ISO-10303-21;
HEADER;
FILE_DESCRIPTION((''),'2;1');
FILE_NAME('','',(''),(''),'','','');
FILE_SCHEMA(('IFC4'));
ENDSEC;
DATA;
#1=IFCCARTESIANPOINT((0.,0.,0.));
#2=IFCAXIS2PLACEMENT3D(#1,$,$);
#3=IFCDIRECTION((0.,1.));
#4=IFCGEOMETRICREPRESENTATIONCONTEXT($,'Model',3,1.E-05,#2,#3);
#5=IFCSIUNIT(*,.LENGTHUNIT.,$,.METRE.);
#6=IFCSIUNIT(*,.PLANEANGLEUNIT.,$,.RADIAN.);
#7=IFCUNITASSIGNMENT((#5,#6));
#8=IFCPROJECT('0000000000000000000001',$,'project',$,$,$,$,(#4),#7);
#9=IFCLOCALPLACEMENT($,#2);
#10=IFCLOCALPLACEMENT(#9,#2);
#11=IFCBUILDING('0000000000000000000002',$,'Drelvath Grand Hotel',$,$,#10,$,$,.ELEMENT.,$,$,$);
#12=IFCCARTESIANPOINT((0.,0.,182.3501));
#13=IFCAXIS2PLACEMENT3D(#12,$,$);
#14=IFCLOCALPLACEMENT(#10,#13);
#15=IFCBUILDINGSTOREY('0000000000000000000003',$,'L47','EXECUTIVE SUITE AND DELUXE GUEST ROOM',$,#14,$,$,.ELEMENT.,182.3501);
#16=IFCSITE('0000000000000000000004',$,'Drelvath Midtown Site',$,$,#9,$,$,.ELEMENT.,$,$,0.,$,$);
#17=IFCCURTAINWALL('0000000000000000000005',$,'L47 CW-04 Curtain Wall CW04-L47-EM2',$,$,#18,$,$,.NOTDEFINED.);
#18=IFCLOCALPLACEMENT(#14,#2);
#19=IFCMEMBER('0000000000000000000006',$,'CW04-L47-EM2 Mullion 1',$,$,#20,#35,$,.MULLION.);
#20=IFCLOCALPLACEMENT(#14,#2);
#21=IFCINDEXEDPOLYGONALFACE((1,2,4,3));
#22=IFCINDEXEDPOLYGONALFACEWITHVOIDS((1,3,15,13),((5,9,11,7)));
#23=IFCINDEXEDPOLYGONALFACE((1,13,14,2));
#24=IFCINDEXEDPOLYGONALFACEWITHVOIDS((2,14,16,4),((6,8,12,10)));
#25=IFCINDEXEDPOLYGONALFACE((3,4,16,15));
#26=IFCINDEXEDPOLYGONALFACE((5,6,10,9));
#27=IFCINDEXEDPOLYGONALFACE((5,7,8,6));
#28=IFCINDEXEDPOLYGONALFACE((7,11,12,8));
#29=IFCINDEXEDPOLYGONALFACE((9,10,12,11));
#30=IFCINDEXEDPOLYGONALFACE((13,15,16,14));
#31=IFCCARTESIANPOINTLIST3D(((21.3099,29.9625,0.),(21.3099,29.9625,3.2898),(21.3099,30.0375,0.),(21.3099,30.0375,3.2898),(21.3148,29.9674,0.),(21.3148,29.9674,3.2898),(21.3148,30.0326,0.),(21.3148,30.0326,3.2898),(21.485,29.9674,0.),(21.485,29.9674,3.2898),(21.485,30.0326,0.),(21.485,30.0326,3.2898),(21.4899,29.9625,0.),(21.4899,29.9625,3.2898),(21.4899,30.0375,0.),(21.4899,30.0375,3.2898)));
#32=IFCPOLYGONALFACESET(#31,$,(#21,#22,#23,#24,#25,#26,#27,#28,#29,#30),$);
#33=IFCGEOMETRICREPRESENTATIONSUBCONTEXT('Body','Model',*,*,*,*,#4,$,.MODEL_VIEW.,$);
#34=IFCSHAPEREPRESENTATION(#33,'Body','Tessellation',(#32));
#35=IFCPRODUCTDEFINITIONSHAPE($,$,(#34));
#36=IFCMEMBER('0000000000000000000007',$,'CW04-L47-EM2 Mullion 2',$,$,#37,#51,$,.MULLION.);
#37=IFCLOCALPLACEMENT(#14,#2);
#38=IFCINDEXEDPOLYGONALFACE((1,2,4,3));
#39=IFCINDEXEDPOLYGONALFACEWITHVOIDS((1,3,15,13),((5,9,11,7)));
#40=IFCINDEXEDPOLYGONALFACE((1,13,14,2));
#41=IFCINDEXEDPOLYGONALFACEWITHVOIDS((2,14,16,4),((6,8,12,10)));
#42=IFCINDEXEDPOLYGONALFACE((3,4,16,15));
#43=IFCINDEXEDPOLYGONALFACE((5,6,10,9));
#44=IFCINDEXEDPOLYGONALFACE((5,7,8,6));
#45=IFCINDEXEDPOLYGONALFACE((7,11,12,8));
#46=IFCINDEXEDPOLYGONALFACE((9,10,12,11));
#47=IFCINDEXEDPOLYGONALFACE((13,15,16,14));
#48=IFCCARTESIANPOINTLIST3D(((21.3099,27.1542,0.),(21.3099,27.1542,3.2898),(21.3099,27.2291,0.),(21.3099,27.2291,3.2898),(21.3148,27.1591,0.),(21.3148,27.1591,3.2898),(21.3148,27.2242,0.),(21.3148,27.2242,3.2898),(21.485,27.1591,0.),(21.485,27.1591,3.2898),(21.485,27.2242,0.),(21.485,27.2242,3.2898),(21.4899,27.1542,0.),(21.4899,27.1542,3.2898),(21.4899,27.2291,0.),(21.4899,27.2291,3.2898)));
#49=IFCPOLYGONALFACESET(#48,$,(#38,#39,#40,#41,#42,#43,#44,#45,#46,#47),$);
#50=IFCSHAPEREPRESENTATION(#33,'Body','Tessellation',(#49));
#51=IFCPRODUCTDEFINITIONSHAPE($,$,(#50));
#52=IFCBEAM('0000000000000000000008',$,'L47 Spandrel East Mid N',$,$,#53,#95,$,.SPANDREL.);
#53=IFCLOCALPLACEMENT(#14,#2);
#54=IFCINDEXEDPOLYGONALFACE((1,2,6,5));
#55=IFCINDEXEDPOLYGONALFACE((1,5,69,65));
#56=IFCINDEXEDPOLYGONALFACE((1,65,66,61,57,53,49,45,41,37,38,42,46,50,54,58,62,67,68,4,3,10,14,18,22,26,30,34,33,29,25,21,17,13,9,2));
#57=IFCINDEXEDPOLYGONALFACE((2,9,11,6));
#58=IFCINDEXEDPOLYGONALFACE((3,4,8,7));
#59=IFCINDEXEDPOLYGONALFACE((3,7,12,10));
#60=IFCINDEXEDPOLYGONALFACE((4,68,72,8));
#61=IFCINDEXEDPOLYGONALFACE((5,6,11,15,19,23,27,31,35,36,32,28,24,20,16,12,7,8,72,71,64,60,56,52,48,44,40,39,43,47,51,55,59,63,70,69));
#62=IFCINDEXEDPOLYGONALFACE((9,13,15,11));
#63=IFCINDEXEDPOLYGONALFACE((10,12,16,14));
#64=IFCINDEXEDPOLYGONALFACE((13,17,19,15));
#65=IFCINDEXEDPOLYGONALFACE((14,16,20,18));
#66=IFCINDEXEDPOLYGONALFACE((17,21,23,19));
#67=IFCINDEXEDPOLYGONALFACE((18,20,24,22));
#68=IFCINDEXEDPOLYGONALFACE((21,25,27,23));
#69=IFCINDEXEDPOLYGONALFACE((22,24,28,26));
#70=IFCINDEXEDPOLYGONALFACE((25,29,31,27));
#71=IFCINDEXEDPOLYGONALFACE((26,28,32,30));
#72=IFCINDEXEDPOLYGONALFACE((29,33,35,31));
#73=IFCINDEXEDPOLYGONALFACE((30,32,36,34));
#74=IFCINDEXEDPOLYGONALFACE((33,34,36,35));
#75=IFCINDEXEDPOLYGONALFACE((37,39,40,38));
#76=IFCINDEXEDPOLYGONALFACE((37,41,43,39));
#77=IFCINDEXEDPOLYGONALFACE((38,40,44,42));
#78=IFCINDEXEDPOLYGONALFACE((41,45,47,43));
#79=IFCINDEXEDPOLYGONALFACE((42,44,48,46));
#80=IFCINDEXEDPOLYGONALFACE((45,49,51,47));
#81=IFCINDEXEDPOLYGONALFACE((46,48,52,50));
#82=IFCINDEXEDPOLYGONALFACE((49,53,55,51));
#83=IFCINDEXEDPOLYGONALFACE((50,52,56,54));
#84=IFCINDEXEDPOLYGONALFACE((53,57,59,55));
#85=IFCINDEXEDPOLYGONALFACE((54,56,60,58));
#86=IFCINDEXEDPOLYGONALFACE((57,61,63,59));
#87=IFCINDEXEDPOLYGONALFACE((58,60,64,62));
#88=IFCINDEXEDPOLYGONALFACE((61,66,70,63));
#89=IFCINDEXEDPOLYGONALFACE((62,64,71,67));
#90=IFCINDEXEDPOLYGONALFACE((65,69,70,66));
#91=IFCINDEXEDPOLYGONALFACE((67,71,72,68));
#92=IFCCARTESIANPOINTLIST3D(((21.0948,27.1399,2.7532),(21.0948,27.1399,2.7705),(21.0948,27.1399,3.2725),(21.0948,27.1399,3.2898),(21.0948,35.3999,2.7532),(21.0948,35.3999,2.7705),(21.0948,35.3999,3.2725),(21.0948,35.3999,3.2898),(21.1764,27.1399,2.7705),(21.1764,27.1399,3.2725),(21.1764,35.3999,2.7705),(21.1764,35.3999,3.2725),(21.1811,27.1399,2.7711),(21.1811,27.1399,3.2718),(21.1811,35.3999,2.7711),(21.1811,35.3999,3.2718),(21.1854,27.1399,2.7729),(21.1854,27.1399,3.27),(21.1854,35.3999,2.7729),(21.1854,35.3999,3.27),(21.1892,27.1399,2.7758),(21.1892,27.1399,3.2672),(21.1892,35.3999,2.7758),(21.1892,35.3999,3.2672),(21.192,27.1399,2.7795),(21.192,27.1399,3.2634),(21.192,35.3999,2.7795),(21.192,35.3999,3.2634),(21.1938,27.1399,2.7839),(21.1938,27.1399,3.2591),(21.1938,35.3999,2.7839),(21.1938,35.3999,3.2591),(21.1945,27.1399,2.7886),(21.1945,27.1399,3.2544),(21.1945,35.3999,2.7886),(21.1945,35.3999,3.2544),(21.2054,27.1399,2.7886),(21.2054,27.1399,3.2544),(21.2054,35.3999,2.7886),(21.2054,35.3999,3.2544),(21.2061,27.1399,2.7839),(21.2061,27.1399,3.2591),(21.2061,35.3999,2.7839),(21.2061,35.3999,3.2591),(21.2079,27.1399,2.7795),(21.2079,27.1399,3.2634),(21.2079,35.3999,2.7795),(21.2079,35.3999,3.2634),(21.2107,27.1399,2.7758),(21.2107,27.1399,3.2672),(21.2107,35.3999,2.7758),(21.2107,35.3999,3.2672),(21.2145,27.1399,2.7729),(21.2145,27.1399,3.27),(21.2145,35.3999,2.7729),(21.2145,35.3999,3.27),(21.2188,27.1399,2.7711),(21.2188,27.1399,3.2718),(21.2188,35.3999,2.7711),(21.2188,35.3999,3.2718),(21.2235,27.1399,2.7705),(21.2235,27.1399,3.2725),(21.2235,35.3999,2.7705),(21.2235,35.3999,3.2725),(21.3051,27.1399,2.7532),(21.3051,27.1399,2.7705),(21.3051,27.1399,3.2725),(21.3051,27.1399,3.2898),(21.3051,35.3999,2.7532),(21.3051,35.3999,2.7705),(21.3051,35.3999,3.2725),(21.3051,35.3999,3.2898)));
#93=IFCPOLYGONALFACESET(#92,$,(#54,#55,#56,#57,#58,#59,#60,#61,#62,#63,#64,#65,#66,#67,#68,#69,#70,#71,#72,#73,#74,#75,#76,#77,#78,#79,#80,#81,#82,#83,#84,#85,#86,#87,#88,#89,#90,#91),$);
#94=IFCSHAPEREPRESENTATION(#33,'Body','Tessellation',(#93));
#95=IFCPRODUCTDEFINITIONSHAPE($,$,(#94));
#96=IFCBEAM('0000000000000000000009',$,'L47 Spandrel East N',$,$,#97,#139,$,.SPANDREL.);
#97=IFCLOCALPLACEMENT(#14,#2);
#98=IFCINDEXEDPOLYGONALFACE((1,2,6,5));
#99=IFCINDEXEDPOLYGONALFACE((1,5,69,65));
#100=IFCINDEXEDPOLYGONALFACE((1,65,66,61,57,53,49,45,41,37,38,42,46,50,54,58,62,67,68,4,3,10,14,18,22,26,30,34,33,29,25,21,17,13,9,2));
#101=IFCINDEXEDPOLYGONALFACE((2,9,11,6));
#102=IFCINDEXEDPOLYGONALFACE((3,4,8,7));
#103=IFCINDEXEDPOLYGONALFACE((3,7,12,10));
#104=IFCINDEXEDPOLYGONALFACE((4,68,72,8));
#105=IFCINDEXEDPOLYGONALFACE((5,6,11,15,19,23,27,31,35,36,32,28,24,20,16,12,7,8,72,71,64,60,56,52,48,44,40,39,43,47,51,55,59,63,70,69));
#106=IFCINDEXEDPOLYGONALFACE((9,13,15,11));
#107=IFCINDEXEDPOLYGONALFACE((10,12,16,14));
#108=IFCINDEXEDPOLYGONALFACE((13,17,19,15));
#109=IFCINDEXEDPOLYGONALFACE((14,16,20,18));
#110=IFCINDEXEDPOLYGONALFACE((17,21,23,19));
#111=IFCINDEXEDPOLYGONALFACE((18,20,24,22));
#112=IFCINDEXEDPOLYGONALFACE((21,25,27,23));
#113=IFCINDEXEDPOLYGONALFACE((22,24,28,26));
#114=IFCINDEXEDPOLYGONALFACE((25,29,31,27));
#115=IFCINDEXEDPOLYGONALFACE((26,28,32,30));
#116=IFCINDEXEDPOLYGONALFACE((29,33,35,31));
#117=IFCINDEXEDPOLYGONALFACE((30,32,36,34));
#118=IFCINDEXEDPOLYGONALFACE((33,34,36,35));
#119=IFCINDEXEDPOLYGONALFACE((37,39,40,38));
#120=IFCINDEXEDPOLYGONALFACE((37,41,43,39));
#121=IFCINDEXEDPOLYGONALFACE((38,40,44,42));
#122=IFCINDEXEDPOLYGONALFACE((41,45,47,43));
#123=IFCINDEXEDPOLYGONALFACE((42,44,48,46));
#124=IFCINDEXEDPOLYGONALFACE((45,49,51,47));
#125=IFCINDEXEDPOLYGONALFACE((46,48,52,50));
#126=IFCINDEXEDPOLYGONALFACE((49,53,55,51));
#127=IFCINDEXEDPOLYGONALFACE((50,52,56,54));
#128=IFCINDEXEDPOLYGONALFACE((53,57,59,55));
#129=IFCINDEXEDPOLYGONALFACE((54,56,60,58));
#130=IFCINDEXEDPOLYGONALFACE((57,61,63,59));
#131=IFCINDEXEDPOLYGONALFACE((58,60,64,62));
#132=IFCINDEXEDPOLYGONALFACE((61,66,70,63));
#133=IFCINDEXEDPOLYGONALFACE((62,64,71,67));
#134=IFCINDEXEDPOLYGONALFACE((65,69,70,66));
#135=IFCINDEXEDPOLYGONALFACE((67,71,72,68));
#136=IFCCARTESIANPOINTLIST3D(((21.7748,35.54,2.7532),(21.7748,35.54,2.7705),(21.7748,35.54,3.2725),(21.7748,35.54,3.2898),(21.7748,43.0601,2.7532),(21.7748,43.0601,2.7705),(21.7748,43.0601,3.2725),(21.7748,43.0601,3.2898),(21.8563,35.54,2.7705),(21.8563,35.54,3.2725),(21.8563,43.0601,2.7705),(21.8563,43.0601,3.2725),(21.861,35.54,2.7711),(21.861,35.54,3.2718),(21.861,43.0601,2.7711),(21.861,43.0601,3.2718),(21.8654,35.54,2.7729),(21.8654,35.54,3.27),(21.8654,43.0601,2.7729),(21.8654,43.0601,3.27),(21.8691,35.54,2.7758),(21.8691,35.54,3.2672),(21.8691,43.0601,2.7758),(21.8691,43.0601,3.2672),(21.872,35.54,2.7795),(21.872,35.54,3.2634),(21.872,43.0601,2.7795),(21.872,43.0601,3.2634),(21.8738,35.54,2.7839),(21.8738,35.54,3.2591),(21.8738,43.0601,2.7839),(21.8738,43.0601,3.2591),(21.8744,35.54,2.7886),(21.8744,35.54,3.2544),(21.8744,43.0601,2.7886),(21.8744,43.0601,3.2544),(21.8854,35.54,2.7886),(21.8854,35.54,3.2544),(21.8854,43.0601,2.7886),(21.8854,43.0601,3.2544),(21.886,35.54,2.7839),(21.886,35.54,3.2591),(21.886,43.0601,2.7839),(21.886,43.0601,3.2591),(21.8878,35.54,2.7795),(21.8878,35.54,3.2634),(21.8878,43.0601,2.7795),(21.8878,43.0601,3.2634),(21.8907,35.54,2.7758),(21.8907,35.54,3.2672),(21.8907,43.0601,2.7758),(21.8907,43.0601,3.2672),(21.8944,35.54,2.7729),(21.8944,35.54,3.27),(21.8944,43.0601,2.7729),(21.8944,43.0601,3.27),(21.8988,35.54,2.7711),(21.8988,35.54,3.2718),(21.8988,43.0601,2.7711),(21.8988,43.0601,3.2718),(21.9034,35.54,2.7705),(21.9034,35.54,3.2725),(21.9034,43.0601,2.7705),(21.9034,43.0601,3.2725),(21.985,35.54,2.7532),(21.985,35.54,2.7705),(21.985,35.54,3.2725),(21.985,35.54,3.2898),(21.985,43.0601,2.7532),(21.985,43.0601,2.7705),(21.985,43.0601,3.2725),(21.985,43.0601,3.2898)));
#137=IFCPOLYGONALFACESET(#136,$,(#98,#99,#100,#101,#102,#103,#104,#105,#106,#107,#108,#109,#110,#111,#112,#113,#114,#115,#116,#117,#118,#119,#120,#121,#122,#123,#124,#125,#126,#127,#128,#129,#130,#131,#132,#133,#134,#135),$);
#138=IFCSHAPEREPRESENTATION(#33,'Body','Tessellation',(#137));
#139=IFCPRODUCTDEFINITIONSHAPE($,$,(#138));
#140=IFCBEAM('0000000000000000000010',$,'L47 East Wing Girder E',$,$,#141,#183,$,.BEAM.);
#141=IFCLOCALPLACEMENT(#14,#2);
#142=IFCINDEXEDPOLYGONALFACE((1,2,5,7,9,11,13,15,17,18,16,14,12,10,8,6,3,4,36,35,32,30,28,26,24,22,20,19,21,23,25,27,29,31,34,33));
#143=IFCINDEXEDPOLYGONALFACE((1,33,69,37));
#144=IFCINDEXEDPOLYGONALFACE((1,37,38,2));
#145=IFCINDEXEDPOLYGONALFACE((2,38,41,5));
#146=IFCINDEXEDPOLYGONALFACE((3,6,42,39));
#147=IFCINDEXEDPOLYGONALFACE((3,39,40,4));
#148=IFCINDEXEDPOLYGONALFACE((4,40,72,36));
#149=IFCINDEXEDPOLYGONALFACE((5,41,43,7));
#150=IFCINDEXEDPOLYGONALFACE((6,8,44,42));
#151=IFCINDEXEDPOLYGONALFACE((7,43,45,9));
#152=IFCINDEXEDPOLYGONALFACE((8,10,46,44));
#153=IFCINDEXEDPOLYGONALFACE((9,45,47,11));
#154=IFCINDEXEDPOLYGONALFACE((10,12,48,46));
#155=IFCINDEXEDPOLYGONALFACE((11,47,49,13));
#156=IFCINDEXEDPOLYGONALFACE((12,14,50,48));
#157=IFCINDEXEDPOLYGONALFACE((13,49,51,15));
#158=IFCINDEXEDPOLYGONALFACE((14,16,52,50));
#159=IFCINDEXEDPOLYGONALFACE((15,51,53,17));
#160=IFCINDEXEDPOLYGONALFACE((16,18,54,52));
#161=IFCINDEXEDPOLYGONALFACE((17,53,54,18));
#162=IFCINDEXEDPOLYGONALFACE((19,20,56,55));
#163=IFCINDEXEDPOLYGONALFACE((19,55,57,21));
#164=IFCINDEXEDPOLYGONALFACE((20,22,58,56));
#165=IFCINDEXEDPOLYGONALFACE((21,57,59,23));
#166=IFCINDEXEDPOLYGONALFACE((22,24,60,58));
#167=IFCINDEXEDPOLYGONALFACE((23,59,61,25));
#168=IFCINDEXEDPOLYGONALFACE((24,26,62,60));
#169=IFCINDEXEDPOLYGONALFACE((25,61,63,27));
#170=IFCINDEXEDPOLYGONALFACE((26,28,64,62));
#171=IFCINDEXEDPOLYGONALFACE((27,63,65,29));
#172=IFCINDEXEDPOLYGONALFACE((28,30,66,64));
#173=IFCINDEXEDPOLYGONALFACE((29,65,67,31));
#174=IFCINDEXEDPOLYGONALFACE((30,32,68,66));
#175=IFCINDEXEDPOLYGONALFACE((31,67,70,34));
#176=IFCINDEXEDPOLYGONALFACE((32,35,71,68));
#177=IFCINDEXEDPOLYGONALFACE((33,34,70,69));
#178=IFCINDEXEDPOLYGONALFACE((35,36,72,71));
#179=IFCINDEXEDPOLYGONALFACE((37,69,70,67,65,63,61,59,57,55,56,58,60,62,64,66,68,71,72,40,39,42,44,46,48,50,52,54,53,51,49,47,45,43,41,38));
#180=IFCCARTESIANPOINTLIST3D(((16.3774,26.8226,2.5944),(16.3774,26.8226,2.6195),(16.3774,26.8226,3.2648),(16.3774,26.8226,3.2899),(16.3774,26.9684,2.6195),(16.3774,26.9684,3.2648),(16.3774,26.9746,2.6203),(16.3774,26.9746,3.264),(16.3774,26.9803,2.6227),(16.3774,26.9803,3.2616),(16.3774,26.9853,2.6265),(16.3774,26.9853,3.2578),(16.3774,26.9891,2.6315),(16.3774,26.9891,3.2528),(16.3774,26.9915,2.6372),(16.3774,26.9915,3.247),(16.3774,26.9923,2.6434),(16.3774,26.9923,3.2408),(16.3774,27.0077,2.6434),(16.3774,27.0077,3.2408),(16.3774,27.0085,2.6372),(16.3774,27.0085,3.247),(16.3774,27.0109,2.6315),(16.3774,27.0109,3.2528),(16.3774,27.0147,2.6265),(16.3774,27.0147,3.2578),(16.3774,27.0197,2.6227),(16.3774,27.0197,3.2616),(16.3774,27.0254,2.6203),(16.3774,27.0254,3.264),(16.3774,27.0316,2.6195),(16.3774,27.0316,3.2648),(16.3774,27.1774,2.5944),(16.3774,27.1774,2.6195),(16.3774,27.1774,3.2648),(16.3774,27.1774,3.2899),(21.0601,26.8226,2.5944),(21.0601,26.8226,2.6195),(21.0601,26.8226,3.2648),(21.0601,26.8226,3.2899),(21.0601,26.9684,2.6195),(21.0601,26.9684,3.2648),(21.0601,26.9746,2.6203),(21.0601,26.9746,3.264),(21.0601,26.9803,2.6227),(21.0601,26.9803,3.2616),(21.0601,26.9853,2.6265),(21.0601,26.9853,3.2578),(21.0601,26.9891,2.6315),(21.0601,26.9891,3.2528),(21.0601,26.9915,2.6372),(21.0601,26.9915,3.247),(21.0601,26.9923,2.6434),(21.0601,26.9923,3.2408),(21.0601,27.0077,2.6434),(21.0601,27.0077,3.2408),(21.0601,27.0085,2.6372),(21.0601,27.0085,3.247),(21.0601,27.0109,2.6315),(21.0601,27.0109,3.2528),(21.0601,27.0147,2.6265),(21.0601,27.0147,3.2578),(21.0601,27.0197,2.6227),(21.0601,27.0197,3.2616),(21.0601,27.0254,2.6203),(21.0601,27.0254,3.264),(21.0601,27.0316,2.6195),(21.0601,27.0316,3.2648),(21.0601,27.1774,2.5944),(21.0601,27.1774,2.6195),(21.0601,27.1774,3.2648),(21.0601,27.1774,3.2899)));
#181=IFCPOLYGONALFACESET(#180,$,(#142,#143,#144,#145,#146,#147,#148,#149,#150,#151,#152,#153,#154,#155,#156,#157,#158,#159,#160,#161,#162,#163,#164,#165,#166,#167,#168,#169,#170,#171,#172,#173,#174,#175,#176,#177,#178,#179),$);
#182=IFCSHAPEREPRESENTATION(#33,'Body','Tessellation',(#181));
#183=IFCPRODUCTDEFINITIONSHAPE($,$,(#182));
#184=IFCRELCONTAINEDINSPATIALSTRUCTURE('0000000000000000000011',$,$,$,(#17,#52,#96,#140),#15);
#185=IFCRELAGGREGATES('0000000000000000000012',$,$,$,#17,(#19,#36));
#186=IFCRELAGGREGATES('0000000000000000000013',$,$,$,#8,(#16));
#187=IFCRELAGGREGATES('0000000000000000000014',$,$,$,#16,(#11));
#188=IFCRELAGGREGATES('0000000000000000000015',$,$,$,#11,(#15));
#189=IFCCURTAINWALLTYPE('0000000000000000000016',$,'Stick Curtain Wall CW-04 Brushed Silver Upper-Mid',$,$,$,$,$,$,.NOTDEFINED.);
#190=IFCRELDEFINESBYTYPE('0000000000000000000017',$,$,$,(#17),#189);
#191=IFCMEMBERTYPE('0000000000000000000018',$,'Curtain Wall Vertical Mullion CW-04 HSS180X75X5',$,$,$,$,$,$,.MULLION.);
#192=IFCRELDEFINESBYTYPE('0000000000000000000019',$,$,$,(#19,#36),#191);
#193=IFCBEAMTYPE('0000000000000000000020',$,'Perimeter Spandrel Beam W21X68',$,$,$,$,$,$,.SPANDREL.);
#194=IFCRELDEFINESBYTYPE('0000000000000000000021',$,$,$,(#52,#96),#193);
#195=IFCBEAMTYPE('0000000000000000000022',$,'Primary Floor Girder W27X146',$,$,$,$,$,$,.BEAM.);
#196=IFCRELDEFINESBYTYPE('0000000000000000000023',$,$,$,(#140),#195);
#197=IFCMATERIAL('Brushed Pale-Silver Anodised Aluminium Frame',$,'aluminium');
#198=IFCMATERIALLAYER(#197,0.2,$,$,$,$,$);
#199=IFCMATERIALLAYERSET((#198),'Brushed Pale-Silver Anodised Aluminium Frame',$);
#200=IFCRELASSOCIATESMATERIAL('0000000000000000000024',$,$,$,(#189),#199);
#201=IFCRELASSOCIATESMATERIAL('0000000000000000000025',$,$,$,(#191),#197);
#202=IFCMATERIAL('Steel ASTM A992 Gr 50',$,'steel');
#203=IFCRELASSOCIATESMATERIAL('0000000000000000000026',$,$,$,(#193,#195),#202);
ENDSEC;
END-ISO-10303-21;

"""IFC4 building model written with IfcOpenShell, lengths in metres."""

from ifc_helpers import new_model, si_unit, direction, frame, origin, origin_2d, place, context, subcontext, project, spatial, hollow_rectangle, i_section, extrude, material, layer, layer_set, material_profile, profile_set, type_object, element, aggregate, save


model = new_model("IFC4")

# Units and contexts
model_context = context("Model", 3, precision=1e-05, world=origin(), true_north=direction((0.0, 1.0)))
body_context = subcontext(model_context, "Body", "Model", "MODEL_VIEW")
ifc_project = project(units=[si_unit("LENGTHUNIT", "METRE"), si_unit("PLANEANGLEUNIT", "RADIAN")], contexts=[model_context])

# Site, building, storey
site_placement = place(None, origin())
site = spatial("IfcSite", under=ifc_project, at=site_placement, Name="Drelvath Midtown Site", CompositionType="ELEMENT", RefElevation=0.0)
building_placement = place(site_placement, origin())
building = spatial("IfcBuilding", under=site, at=building_placement, Name="Drelvath Grand Hotel", CompositionType="ELEMENT")
storey_placement = place(building_placement, frame((0.0, 0.0, 182.3501)))
storey = spatial("IfcBuildingStorey", under=building, at=storey_placement, Name="L47", Description="EXECUTIVE SUITE AND DELUXE GUEST ROOM", CompositionType="ELEMENT", Elevation=182.3501)

# Curtain wall
ifc_material_1 = material(Name="Brushed Pale-Silver Anodised Aluminium Frame", Category="aluminium")
ifc_layer_1 = layer(ifc_material_1, 0.2)
ifc_layer_set_1 = layer_set([ifc_layer_1], Name="Brushed Pale-Silver Anodised Aluminium Frame")
curtain_wall_type = type_object("IfcCurtainWallType", Name="Stick Curtain Wall CW-04 Brushed Silver Upper-Mid", PredefinedType="NOTDEFINED", material=ifc_layer_set_1)
curtain_wall_1_placement = place(storey_placement, origin())
curtain_wall_1 = element("IfcCurtainWall", 1, at=curtain_wall_1_placement, inside=storey, type_object=curtain_wall_type, Name="L47 CW-04 Curtain Wall CW04-L47-EM2", PredefinedType="NOTDEFINED")

# Members
ifc_material_profile_1 = material_profile(ifc_material_1, hollow_rectangle(XDim=0.075, YDim=0.1799, WallThickness=0.0049, at=origin_2d()), Name="HSS180X75X5")
ifc_profile_set_1 = profile_set([ifc_material_profile_1], Name="Brushed Pale-Silver Anodised Aluminium Frame")
member_type_1 = type_object("IfcMemberType", Name="Curtain Wall Vertical Mullion CW-04 HSS180X75X5", PredefinedType="MULLION", material=ifc_profile_set_1)
member_1_placement = place(storey_placement, frame((21.3999, 30.0, 0.0), z_axis=(0.0, 0.0, 1.0), x_axis=(0.0, 1.0, 0.0)))
member_1 = element("IfcMember", 2, at=member_1_placement, type_object=member_type_1, Name="CW04-L47-EM2 Mullion 1", PredefinedType="MULLION", context=body_context, shape_type="SweptSolid", body=[
    extrude(hollow_rectangle(XDim=0.075, YDim=0.1799, WallThickness=0.0049, at=origin_2d()), origin(), (0.0, 0.0, 1.0), 3.2898),
])
member_2_placement = place(storey_placement, frame((21.3999, 27.1917, 0.0), z_axis=(0.0, 0.0, 1.0), x_axis=(0.0, 1.0, 0.0)))
member_2 = element("IfcMember", 3, at=member_2_placement, type_object=member_type_1, Name="CW04-L47-EM2 Mullion 2", PredefinedType="MULLION", context=body_context, shape_type="SweptSolid", body=[
    extrude(hollow_rectangle(XDim=0.075, YDim=0.1799, WallThickness=0.0049, at=origin_2d()), origin(), (0.0, 0.0, 1.0), 3.2898),
])

# Beams
ifc_material_2 = material(Name="Steel ASTM A992 Gr 50", Category="steel")
ifc_material_profile_2 = material_profile(ifc_material_2, i_section(OverallWidth=0.2102, OverallDepth=0.5366, WebThickness=0.011, FlangeThickness=0.0173, FilletRadius=0.0181, at=origin_2d()), Name="W21X68")
ifc_profile_set_2 = profile_set([ifc_material_profile_2], Name="Steel ASTM A992 Gr 50")
beam_type_1 = type_object("IfcBeamType", Name="Perimeter Spandrel Beam W21X68", PredefinedType="SPANDREL", material=ifc_profile_set_2)
beam_1_placement = place(storey_placement, frame((21.2, 27.1399, 3.0215), z_axis=(0.0, 1.0, 0.0), x_axis=(-1.0, 0.0, 0.0)))
element("IfcBeam", 4, at=beam_1_placement, inside=storey, type_object=beam_type_1, Name="L47 Spandrel East Mid N", PredefinedType="SPANDREL", context=body_context, shape_type="SweptSolid", body=[
    extrude(i_section(OverallWidth=0.2102, OverallDepth=0.5366, WebThickness=0.011, FlangeThickness=0.0173, FilletRadius=0.0181, at=origin_2d()), origin(), (0.0, 0.0, 1.0), 8.26),
])
beam_2_placement = place(storey_placement, frame((21.8799, 35.54, 3.0215), z_axis=(0.0, 1.0, 0.0), x_axis=(-1.0, 0.0, 0.0)))
element("IfcBeam", 5, at=beam_2_placement, inside=storey, type_object=beam_type_1, Name="L47 Spandrel East N", PredefinedType="SPANDREL", context=body_context, shape_type="SweptSolid", body=[
    extrude(i_section(OverallWidth=0.2102, OverallDepth=0.5366, WebThickness=0.011, FlangeThickness=0.0173, FilletRadius=0.0181, at=origin_2d()), origin(), (0.0, 0.0, 1.0), 7.52),
])
ifc_material_profile_3 = material_profile(ifc_material_2, i_section(OverallWidth=0.3547, OverallDepth=0.6956, WebThickness=0.0154, FlangeThickness=0.0251, FilletRadius=0.0239, at=origin_2d()), Name="W27X146")
ifc_profile_set_3 = profile_set([ifc_material_profile_3], Name="Steel ASTM A992 Gr 50")
beam_type_2 = type_object("IfcBeamType", Name="Primary Floor Girder W27X146", PredefinedType="BEAM", material=ifc_profile_set_3)
beam_3_placement = place(storey_placement, frame((16.3774, 27.0, 2.9421), z_axis=(1.0, 0.0, 0.0), x_axis=(0.0, 1.0, 0.0)))
element("IfcBeam", 6, at=beam_3_placement, inside=storey, type_object=beam_type_2, Name="L47 East Wing Girder E", PredefinedType="BEAM", context=body_context, shape_type="SweptSolid", body=[
    extrude(i_section(OverallWidth=0.3547, OverallDepth=0.6956, WebThickness=0.0154, FlangeThickness=0.0251, FilletRadius=0.0239, at=origin_2d()), origin(), (0.0, 0.0, 1.0), 4.6826),
])

aggregate(curtain_wall_1, [member_1, member_2])

save(model, "model.ifc")
